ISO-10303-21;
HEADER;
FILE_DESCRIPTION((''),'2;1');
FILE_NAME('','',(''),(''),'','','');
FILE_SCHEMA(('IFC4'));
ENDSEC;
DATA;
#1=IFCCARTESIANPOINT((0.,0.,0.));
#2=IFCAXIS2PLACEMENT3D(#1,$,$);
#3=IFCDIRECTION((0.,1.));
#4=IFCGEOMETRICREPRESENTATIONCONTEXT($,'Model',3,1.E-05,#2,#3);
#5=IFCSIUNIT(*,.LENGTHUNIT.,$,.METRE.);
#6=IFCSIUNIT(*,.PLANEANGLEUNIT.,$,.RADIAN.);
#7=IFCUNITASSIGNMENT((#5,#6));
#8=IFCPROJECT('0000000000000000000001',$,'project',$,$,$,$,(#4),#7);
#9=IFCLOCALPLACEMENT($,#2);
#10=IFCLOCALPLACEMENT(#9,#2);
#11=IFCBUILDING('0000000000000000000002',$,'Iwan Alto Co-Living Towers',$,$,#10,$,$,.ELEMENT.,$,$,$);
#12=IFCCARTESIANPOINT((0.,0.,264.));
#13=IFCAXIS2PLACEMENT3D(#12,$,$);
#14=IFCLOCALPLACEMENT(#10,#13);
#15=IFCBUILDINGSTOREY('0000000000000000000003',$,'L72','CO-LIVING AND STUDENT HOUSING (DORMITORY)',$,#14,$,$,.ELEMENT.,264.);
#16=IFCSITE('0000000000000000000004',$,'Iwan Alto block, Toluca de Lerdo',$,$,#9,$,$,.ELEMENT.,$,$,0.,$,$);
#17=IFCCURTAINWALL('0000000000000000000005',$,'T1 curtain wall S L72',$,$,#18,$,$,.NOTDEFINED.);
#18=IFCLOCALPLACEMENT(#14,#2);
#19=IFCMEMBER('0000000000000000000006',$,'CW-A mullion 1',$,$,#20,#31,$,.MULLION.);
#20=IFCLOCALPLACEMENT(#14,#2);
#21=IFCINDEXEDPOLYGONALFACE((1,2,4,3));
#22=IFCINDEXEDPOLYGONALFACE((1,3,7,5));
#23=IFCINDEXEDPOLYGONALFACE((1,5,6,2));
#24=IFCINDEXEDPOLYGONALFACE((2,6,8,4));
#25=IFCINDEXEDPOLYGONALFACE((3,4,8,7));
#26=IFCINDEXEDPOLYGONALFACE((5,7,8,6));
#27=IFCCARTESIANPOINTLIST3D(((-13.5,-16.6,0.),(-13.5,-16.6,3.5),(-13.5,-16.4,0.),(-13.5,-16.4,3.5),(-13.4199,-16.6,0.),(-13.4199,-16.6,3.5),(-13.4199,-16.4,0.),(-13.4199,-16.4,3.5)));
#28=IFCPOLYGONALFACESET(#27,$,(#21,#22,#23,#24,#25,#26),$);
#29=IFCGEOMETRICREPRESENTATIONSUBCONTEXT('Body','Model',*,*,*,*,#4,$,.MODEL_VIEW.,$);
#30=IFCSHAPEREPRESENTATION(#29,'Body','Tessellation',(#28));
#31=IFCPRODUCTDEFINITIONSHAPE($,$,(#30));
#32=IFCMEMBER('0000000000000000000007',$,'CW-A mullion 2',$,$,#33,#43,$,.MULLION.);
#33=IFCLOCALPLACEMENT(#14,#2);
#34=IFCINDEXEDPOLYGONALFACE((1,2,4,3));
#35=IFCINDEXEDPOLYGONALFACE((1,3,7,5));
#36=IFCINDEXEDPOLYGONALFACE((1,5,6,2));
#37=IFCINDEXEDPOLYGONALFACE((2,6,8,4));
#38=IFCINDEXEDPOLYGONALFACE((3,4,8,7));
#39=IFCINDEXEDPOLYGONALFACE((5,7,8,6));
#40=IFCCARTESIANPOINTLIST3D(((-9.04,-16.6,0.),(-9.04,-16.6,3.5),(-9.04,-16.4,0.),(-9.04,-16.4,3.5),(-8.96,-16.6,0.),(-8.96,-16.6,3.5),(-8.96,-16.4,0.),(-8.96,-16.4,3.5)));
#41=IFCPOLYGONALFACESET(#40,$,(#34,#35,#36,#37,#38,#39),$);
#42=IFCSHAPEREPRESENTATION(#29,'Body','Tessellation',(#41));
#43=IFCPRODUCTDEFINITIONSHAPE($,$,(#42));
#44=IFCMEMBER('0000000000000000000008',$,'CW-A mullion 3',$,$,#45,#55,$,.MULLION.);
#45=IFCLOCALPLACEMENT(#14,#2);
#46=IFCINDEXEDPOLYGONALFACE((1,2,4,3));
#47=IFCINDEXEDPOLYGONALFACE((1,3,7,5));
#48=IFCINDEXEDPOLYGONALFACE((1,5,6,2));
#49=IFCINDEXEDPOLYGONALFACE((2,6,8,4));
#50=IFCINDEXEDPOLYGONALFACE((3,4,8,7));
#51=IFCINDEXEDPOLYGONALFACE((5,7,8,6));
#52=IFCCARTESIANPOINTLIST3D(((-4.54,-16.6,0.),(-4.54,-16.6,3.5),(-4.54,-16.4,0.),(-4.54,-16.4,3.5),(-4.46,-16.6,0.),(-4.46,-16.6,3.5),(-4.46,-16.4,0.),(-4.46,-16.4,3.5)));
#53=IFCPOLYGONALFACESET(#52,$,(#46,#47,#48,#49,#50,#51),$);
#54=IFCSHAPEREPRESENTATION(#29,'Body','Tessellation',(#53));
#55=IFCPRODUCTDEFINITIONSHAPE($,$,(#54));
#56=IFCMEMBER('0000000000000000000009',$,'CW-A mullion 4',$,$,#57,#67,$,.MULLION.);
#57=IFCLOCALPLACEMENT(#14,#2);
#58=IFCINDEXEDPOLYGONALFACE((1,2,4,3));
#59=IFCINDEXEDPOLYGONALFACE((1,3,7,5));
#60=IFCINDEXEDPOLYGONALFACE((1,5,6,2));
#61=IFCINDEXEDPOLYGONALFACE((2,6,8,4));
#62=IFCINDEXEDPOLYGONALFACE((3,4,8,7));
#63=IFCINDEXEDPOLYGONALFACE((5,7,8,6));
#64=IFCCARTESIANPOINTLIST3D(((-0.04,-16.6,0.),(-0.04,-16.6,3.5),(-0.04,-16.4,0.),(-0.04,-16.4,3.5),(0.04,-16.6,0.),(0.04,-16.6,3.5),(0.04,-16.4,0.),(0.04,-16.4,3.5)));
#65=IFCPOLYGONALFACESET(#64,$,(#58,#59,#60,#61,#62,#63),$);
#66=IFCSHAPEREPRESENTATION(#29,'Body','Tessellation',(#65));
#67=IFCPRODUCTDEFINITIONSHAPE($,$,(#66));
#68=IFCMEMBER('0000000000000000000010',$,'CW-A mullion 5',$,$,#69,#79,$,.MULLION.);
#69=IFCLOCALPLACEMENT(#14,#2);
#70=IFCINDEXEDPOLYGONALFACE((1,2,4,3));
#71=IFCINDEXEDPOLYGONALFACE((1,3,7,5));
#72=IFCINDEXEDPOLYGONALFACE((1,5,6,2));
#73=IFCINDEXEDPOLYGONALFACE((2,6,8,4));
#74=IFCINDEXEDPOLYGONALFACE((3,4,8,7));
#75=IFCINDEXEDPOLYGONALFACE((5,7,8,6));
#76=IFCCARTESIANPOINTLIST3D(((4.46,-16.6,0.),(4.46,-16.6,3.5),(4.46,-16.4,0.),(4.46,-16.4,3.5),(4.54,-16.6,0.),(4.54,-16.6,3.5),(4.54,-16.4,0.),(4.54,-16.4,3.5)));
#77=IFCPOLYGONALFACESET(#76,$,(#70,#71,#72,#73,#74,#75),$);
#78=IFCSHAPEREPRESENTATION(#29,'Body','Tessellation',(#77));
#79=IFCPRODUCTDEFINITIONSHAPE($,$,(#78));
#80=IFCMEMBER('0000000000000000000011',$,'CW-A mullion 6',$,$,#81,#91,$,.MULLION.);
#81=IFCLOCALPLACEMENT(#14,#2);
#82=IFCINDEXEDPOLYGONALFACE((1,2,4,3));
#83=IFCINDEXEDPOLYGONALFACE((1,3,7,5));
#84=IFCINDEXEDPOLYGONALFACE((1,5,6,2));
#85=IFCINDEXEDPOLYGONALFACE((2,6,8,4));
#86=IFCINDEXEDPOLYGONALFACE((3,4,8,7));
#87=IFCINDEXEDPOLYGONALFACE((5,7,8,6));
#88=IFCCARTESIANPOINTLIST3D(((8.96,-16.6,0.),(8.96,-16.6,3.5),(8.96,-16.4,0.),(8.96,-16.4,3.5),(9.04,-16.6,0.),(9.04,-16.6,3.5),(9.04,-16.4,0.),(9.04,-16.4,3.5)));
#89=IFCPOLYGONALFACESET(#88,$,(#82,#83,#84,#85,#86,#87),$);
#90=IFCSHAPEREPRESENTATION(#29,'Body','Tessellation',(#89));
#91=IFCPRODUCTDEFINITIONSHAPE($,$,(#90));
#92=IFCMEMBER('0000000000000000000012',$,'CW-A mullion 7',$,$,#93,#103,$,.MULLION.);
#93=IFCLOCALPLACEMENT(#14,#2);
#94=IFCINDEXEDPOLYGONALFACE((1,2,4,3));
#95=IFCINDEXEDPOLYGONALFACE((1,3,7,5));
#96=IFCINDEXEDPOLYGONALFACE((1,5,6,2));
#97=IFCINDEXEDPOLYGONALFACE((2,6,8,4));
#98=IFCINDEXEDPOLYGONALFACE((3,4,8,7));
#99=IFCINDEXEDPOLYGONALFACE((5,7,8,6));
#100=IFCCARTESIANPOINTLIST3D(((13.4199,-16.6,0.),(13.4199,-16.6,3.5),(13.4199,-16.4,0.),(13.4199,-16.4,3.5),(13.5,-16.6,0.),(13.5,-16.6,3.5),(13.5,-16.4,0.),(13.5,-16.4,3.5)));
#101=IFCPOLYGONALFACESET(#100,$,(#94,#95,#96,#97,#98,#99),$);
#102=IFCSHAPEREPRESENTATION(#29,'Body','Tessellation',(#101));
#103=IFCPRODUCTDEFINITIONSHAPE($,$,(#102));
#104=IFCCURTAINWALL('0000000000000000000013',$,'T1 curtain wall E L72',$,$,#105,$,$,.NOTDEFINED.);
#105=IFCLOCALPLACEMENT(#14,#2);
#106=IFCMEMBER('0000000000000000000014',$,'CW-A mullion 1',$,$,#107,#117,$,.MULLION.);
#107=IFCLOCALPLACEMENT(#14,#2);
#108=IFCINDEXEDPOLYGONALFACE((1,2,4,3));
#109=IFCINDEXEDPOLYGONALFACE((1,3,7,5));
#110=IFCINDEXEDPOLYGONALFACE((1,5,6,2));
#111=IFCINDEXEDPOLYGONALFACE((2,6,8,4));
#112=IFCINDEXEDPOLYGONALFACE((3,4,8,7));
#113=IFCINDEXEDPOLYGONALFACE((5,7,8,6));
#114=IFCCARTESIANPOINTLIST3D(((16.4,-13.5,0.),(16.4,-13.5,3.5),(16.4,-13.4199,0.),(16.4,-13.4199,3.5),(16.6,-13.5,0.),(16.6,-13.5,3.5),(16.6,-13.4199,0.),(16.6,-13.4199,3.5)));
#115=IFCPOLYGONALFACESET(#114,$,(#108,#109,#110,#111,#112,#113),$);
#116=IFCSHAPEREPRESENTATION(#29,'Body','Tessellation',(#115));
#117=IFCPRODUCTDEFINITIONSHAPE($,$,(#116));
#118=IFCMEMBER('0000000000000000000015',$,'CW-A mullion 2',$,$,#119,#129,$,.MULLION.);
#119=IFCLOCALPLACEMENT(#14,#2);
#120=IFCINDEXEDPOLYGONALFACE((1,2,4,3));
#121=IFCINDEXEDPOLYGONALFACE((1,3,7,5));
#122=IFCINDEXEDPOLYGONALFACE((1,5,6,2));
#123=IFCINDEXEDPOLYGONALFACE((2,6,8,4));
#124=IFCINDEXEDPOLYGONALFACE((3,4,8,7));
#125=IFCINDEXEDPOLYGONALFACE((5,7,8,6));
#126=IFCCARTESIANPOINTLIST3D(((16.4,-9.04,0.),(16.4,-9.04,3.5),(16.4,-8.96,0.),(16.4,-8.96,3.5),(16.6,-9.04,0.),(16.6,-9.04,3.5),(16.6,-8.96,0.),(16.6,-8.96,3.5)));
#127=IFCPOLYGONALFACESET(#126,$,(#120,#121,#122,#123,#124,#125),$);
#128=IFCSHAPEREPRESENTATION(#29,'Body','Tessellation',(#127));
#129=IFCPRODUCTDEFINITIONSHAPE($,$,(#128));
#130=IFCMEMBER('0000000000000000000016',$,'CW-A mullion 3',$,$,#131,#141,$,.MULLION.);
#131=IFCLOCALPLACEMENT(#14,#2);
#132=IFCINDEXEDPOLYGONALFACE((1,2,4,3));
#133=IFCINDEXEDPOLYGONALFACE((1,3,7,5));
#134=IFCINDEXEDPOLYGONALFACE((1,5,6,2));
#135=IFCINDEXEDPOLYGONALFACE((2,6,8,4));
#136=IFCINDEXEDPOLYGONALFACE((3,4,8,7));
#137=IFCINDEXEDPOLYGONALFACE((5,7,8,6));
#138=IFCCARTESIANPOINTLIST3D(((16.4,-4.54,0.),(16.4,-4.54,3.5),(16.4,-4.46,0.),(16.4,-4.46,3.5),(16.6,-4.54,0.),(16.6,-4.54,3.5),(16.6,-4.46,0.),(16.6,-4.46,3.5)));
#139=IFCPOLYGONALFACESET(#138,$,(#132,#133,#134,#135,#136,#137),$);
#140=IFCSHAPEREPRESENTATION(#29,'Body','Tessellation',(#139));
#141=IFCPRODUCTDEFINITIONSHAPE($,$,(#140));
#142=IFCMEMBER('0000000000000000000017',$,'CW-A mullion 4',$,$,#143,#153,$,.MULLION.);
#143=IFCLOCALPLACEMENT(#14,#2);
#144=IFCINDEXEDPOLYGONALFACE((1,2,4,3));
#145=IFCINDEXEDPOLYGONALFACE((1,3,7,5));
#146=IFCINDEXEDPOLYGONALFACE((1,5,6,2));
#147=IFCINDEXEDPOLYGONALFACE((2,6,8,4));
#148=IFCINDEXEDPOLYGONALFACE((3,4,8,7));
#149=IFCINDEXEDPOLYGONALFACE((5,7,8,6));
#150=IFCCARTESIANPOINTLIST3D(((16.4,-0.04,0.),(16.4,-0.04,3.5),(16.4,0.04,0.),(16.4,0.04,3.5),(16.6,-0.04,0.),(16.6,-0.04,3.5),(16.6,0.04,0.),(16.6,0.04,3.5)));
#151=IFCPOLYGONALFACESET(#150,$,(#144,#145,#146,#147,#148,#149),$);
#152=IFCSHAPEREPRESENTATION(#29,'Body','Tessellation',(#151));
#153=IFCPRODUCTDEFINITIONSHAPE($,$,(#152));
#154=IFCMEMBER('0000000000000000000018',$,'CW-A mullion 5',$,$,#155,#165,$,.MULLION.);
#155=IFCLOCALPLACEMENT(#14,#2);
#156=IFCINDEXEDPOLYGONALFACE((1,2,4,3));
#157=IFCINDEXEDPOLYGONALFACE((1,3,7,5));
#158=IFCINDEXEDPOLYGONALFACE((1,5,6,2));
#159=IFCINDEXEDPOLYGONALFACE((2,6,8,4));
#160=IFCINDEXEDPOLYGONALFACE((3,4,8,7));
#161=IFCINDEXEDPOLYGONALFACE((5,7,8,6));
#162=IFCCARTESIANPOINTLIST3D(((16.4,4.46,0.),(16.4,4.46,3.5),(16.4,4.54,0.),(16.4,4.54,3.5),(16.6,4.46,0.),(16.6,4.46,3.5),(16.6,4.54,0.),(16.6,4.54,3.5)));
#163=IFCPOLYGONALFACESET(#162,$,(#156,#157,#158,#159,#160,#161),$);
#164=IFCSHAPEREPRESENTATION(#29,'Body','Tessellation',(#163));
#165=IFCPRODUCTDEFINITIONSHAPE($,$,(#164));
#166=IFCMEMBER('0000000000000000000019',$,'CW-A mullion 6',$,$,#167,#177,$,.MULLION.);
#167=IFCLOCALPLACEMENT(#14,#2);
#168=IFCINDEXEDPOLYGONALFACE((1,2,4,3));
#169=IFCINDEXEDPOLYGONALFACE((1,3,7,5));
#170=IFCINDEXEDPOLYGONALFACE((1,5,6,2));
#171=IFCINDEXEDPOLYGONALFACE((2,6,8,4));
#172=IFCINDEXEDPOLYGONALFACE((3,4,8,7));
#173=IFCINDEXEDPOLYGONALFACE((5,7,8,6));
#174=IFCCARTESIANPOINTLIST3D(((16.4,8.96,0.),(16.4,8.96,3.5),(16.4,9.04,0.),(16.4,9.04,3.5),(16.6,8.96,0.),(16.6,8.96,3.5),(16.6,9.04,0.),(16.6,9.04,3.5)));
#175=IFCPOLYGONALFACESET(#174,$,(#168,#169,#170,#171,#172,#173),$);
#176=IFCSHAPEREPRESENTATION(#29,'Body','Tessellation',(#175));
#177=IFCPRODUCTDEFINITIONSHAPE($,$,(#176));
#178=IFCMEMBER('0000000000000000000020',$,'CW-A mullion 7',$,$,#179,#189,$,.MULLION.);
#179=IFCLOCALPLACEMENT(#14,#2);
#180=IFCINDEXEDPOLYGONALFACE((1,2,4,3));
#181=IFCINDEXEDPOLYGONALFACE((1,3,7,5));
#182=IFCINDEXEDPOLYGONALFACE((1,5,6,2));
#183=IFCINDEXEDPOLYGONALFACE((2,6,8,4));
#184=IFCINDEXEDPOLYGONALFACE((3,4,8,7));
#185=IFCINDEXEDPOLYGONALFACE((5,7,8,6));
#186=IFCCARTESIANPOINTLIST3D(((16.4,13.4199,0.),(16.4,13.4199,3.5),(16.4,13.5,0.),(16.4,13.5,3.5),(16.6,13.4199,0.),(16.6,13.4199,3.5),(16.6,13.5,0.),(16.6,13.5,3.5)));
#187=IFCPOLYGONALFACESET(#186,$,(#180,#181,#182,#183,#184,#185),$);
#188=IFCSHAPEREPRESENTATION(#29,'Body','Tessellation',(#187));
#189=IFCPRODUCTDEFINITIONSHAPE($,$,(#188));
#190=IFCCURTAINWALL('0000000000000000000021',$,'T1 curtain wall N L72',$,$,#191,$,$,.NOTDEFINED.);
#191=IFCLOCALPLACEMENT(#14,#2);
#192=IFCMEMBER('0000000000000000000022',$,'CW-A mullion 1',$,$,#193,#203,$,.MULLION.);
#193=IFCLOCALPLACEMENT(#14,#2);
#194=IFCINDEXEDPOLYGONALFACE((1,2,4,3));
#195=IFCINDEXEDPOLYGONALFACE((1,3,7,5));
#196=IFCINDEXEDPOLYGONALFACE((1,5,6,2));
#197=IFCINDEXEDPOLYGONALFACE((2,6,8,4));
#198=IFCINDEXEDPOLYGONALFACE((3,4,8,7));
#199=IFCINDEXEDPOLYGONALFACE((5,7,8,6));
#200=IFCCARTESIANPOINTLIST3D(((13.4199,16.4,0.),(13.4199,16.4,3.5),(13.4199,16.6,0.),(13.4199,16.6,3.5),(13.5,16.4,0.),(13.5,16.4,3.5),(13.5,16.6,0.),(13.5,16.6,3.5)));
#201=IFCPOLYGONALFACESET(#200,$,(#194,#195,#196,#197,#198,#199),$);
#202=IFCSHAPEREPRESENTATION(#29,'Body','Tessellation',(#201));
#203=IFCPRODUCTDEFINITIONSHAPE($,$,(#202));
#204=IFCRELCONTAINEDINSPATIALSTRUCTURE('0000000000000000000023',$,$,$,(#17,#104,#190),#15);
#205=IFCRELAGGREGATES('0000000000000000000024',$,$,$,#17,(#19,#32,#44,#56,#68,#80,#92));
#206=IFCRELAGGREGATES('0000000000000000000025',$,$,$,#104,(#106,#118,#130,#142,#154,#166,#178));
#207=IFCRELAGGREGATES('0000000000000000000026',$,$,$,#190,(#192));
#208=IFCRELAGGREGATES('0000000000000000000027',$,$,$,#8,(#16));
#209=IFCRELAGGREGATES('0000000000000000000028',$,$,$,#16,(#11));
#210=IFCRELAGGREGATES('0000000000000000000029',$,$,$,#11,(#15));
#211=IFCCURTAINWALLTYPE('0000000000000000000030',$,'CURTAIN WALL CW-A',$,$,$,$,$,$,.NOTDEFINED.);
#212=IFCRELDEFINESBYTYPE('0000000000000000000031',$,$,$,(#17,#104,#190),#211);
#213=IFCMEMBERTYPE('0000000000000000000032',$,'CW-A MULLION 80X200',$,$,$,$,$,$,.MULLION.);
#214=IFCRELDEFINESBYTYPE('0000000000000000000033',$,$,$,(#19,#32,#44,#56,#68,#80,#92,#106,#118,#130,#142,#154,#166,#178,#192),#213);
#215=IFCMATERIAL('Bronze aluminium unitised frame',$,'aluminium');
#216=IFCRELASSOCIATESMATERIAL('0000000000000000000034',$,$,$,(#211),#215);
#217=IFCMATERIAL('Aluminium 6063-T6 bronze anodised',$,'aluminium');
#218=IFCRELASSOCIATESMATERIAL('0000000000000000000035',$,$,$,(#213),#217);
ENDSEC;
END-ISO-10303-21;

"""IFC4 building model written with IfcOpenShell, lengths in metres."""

from ifc_helpers import new_model, si_unit, direction, frame, origin, origin_2d, place, context, subcontext, project, spatial, rectangle, extrude, material, material_profile, profile_set, type_object, element, aggregate, save


model = new_model("IFC4")

# Units and contexts
model_context = context("Model", 3, precision=1e-05, world=origin(), true_north=direction((0.0, 1.0)))
body_context = subcontext(model_context, "Body", "Model", "MODEL_VIEW")
ifc_project = project(units=[si_unit("LENGTHUNIT", "METRE"), si_unit("PLANEANGLEUNIT", "RADIAN")], contexts=[model_context])

# Site, building, storey
site_placement = place(None, origin())
site = spatial("IfcSite", under=ifc_project, at=site_placement, Name="Iwan Alto block, Toluca de Lerdo", CompositionType="ELEMENT", RefElevation=0.0)
building_placement = place(site_placement, origin())
building = spatial("IfcBuilding", under=site, at=building_placement, Name="Iwan Alto Co-Living Towers", CompositionType="ELEMENT")
storey_placement = place(building_placement, frame((0.0, 0.0, 264.0)))
storey = spatial("IfcBuildingStorey", under=building, at=storey_placement, Name="L72", Description="CO-LIVING AND STUDENT HOUSING (DORMITORY)", CompositionType="ELEMENT", Elevation=264.0)

# Curtain walls, members
ifc_material_1 = material(Name="Bronze aluminium unitised frame", Category="aluminium")
curtain_wall_type_1 = type_object("IfcCurtainWallType", Name="CURTAIN WALL CW-A", PredefinedType="NOTDEFINED", material=ifc_material_1)
curtain_wall_1_placement = place(storey_placement, origin())
curtain_wall_1 = element("IfcCurtainWall", 1, at=curtain_wall_1_placement, inside=storey, type_object=curtain_wall_type_1, Name="T1 curtain wall S L72", PredefinedType="NOTDEFINED")
ifc_material_2 = material(Name="Aluminium 6063-T6 bronze anodised", Category="aluminium")
ifc_material_profile_1 = material_profile(ifc_material_2, rectangle(XDim=0.2, YDim=0.0801, at=origin_2d()), Name="AL 80X200")
ifc_profile_set_1 = profile_set([ifc_material_profile_1], Name="Aluminium 6063-T6 bronze anodised")
member_type_1 = type_object("IfcMemberType", Name="CW-A MULLION 80X200", PredefinedType="MULLION", material=ifc_profile_set_1)
member_1_placement = place(storey_placement, frame((-13.46, -16.5, 0.0), z_axis=(0.0, 0.0, 1.0), x_axis=(0.0, 1.0, 0.0)))
member_1 = element("IfcMember", 2, at=member_1_placement, type_object=member_type_1, Name="CW-A mullion 1", PredefinedType="MULLION", context=body_context, shape_type="SweptSolid", body=[
    extrude(rectangle(XDim=0.2, YDim=0.0801, at=origin_2d()), origin(), (0.0, 0.0, 1.0), 3.5),
])
member_2_placement = place(storey_placement, frame((-9.0, -16.5, 0.0), z_axis=(0.0, 0.0, 1.0), x_axis=(0.0, 1.0, 0.0)))
member_2 = element("IfcMember", 3, at=member_2_placement, type_object=member_type_1, Name="CW-A mullion 2", PredefinedType="MULLION", context=body_context, shape_type="SweptSolid", body=[
    extrude(rectangle(XDim=0.2, YDim=0.0801, at=origin_2d()), origin(), (0.0, 0.0, 1.0), 3.5),
])
member_3_placement = place(storey_placement, frame((-4.5, -16.5, 0.0), z_axis=(0.0, 0.0, 1.0), x_axis=(0.0, 1.0, 0.0)))
member_3 = element("IfcMember", 4, at=member_3_placement, type_object=member_type_1, Name="CW-A mullion 3", PredefinedType="MULLION", context=body_context, shape_type="SweptSolid", body=[
    extrude(rectangle(XDim=0.2, YDim=0.0801, at=origin_2d()), origin(), (0.0, 0.0, 1.0), 3.5),
])
member_4_placement = place(storey_placement, frame((0.0, -16.5, 0.0), z_axis=(0.0, 0.0, 1.0), x_axis=(0.0, 1.0, 0.0)))
member_4 = element("IfcMember", 5, at=member_4_placement, type_object=member_type_1, Name="CW-A mullion 4", PredefinedType="MULLION", context=body_context, shape_type="SweptSolid", body=[
    extrude(rectangle(XDim=0.2, YDim=0.0801, at=origin_2d()), origin(), (0.0, 0.0, 1.0), 3.5),
])
member_5_placement = place(storey_placement, frame((4.5, -16.5, 0.0), z_axis=(0.0, 0.0, 1.0), x_axis=(0.0, 1.0, 0.0)))
member_5 = element("IfcMember", 6, at=member_5_placement, type_object=member_type_1, Name="CW-A mullion 5", PredefinedType="MULLION", context=body_context, shape_type="SweptSolid", body=[
    extrude(rectangle(XDim=0.2, YDim=0.0801, at=origin_2d()), origin(), (0.0, 0.0, 1.0), 3.5),
])
member_6_placement = place(storey_placement, frame((9.0, -16.5, 0.0), z_axis=(0.0, 0.0, 1.0), x_axis=(0.0, 1.0, 0.0)))
member_6 = element("IfcMember", 7, at=member_6_placement, type_object=member_type_1, Name="CW-A mullion 6", PredefinedType="MULLION", context=body_context, shape_type="SweptSolid", body=[
    extrude(rectangle(XDim=0.2, YDim=0.0801, at=origin_2d()), origin(), (0.0, 0.0, 1.0), 3.5),
])
member_7_placement = place(storey_placement, frame((13.46, -16.5, 0.0), z_axis=(0.0, 0.0, 1.0), x_axis=(0.0, 1.0, 0.0)))
member_7 = element("IfcMember", 8, at=member_7_placement, type_object=member_type_1, Name="CW-A mullion 7", PredefinedType="MULLION", context=body_context, shape_type="SweptSolid", body=[
    extrude(rectangle(XDim=0.2, YDim=0.0801, at=origin_2d()), origin(), (0.0, 0.0, 1.0), 3.5),
])
aggregate(curtain_wall_1, [member_1, member_2, member_3, member_4, member_5, member_6, member_7])
curtain_wall_2_placement = place(storey_placement, origin())
curtain_wall_2 = element("IfcCurtainWall", 9, at=curtain_wall_2_placement, inside=storey, type_object=curtain_wall_type_1, Name="T1 curtain wall E L72", PredefinedType="NOTDEFINED")
member_8_placement = place(storey_placement, frame((16.5, -13.46, 0.0), z_axis=(0.0, 0.0, 1.0), x_axis=(-1.0, 0.0, 0.0)))
member_8 = element("IfcMember", 10, at=member_8_placement, type_object=member_type_1, Name="CW-A mullion 1", PredefinedType="MULLION", context=body_context, shape_type="SweptSolid", body=[
    extrude(rectangle(XDim=0.2, YDim=0.0801, at=origin_2d()), origin(), (0.0, 0.0, 1.0), 3.5),
])
member_9_placement = place(storey_placement, frame((16.5, -9.0, 0.0), z_axis=(0.0, 0.0, 1.0), x_axis=(-1.0, 0.0, 0.0)))
member_9 = element("IfcMember", 11, at=member_9_placement, type_object=member_type_1, Name="CW-A mullion 2", PredefinedType="MULLION", context=body_context, shape_type="SweptSolid", body=[
    extrude(rectangle(XDim=0.2, YDim=0.0801, at=origin_2d()), origin(), (0.0, 0.0, 1.0), 3.5),
])
member_10_placement = place(storey_placement, frame((16.5, -4.5, 0.0), z_axis=(0.0, 0.0, 1.0), x_axis=(-1.0, 0.0, 0.0)))
member_10 = element("IfcMember", 12, at=member_10_placement, type_object=member_type_1, Name="CW-A mullion 3", PredefinedType="MULLION", context=body_context, shape_type="SweptSolid", body=[
    extrude(rectangle(XDim=0.2, YDim=0.0801, at=origin_2d()), origin(), (0.0, 0.0, 1.0), 3.5),
])
member_11_placement = place(storey_placement, frame((16.5, 0.0, 0.0), z_axis=(0.0, 0.0, 1.0), x_axis=(-1.0, 0.0, 0.0)))
member_11 = element("IfcMember", 13, at=member_11_placement, type_object=member_type_1, Name="CW-A mullion 4", PredefinedType="MULLION", context=body_context, shape_type="SweptSolid", body=[
    extrude(rectangle(XDim=0.2, YDim=0.0801, at=origin_2d()), origin(), (0.0, 0.0, 1.0), 3.5),
])
member_12_placement = place(storey_placement, frame((16.5, 4.5, 0.0), z_axis=(0.0, 0.0, 1.0), x_axis=(-1.0, 0.0, 0.0)))
member_12 = element("IfcMember", 14, at=member_12_placement, type_object=member_type_1, Name="CW-A mullion 5", PredefinedType="MULLION", context=body_context, shape_type="SweptSolid", body=[
    extrude(rectangle(XDim=0.2, YDim=0.0801, at=origin_2d()), origin(), (0.0, 0.0, 1.0), 3.5),
])
member_13_placement = place(storey_placement, frame((16.5, 9.0, 0.0), z_axis=(0.0, 0.0, 1.0), x_axis=(-1.0, 0.0, 0.0)))
member_13 = element("IfcMember", 15, at=member_13_placement, type_object=member_type_1, Name="CW-A mullion 6", PredefinedType="MULLION", context=body_context, shape_type="SweptSolid", body=[
    extrude(rectangle(XDim=0.2, YDim=0.0801, at=origin_2d()), origin(), (0.0, 0.0, 1.0), 3.5),
])
member_14_placement = place(storey_placement, frame((16.5, 13.46, 0.0), z_axis=(0.0, 0.0, 1.0), x_axis=(-1.0, 0.0, 0.0)))
member_14 = element("IfcMember", 16, at=member_14_placement, type_object=member_type_1, Name="CW-A mullion 7", PredefinedType="MULLION", context=body_context, shape_type="SweptSolid", body=[
    extrude(rectangle(XDim=0.2, YDim=0.0801, at=origin_2d()), origin(), (0.0, 0.0, 1.0), 3.5),
])
aggregate(curtain_wall_2, [member_8, member_9, member_10, member_11, member_12, member_13, member_14])
curtain_wall_3_placement = place(storey_placement, origin())
curtain_wall_3 = element("IfcCurtainWall", 17, at=curtain_wall_3_placement, inside=storey, type_object=curtain_wall_type_1, Name="T1 curtain wall N L72", PredefinedType="NOTDEFINED")
member_15_placement = place(storey_placement, frame((13.46, 16.5, 0.0), z_axis=(0.0, 0.0, 1.0), x_axis=(0.0, -1.0, 0.0)))
member_15 = element("IfcMember", 18, at=member_15_placement, type_object=member_type_1, Name="CW-A mullion 1", PredefinedType="MULLION", context=body_context, shape_type="SweptSolid", body=[
    extrude(rectangle(XDim=0.2, YDim=0.0801, at=origin_2d()), origin(), (0.0, 0.0, 1.0), 3.5),
])
aggregate(curtain_wall_3, [member_15])

save(model, "model.ifc")
